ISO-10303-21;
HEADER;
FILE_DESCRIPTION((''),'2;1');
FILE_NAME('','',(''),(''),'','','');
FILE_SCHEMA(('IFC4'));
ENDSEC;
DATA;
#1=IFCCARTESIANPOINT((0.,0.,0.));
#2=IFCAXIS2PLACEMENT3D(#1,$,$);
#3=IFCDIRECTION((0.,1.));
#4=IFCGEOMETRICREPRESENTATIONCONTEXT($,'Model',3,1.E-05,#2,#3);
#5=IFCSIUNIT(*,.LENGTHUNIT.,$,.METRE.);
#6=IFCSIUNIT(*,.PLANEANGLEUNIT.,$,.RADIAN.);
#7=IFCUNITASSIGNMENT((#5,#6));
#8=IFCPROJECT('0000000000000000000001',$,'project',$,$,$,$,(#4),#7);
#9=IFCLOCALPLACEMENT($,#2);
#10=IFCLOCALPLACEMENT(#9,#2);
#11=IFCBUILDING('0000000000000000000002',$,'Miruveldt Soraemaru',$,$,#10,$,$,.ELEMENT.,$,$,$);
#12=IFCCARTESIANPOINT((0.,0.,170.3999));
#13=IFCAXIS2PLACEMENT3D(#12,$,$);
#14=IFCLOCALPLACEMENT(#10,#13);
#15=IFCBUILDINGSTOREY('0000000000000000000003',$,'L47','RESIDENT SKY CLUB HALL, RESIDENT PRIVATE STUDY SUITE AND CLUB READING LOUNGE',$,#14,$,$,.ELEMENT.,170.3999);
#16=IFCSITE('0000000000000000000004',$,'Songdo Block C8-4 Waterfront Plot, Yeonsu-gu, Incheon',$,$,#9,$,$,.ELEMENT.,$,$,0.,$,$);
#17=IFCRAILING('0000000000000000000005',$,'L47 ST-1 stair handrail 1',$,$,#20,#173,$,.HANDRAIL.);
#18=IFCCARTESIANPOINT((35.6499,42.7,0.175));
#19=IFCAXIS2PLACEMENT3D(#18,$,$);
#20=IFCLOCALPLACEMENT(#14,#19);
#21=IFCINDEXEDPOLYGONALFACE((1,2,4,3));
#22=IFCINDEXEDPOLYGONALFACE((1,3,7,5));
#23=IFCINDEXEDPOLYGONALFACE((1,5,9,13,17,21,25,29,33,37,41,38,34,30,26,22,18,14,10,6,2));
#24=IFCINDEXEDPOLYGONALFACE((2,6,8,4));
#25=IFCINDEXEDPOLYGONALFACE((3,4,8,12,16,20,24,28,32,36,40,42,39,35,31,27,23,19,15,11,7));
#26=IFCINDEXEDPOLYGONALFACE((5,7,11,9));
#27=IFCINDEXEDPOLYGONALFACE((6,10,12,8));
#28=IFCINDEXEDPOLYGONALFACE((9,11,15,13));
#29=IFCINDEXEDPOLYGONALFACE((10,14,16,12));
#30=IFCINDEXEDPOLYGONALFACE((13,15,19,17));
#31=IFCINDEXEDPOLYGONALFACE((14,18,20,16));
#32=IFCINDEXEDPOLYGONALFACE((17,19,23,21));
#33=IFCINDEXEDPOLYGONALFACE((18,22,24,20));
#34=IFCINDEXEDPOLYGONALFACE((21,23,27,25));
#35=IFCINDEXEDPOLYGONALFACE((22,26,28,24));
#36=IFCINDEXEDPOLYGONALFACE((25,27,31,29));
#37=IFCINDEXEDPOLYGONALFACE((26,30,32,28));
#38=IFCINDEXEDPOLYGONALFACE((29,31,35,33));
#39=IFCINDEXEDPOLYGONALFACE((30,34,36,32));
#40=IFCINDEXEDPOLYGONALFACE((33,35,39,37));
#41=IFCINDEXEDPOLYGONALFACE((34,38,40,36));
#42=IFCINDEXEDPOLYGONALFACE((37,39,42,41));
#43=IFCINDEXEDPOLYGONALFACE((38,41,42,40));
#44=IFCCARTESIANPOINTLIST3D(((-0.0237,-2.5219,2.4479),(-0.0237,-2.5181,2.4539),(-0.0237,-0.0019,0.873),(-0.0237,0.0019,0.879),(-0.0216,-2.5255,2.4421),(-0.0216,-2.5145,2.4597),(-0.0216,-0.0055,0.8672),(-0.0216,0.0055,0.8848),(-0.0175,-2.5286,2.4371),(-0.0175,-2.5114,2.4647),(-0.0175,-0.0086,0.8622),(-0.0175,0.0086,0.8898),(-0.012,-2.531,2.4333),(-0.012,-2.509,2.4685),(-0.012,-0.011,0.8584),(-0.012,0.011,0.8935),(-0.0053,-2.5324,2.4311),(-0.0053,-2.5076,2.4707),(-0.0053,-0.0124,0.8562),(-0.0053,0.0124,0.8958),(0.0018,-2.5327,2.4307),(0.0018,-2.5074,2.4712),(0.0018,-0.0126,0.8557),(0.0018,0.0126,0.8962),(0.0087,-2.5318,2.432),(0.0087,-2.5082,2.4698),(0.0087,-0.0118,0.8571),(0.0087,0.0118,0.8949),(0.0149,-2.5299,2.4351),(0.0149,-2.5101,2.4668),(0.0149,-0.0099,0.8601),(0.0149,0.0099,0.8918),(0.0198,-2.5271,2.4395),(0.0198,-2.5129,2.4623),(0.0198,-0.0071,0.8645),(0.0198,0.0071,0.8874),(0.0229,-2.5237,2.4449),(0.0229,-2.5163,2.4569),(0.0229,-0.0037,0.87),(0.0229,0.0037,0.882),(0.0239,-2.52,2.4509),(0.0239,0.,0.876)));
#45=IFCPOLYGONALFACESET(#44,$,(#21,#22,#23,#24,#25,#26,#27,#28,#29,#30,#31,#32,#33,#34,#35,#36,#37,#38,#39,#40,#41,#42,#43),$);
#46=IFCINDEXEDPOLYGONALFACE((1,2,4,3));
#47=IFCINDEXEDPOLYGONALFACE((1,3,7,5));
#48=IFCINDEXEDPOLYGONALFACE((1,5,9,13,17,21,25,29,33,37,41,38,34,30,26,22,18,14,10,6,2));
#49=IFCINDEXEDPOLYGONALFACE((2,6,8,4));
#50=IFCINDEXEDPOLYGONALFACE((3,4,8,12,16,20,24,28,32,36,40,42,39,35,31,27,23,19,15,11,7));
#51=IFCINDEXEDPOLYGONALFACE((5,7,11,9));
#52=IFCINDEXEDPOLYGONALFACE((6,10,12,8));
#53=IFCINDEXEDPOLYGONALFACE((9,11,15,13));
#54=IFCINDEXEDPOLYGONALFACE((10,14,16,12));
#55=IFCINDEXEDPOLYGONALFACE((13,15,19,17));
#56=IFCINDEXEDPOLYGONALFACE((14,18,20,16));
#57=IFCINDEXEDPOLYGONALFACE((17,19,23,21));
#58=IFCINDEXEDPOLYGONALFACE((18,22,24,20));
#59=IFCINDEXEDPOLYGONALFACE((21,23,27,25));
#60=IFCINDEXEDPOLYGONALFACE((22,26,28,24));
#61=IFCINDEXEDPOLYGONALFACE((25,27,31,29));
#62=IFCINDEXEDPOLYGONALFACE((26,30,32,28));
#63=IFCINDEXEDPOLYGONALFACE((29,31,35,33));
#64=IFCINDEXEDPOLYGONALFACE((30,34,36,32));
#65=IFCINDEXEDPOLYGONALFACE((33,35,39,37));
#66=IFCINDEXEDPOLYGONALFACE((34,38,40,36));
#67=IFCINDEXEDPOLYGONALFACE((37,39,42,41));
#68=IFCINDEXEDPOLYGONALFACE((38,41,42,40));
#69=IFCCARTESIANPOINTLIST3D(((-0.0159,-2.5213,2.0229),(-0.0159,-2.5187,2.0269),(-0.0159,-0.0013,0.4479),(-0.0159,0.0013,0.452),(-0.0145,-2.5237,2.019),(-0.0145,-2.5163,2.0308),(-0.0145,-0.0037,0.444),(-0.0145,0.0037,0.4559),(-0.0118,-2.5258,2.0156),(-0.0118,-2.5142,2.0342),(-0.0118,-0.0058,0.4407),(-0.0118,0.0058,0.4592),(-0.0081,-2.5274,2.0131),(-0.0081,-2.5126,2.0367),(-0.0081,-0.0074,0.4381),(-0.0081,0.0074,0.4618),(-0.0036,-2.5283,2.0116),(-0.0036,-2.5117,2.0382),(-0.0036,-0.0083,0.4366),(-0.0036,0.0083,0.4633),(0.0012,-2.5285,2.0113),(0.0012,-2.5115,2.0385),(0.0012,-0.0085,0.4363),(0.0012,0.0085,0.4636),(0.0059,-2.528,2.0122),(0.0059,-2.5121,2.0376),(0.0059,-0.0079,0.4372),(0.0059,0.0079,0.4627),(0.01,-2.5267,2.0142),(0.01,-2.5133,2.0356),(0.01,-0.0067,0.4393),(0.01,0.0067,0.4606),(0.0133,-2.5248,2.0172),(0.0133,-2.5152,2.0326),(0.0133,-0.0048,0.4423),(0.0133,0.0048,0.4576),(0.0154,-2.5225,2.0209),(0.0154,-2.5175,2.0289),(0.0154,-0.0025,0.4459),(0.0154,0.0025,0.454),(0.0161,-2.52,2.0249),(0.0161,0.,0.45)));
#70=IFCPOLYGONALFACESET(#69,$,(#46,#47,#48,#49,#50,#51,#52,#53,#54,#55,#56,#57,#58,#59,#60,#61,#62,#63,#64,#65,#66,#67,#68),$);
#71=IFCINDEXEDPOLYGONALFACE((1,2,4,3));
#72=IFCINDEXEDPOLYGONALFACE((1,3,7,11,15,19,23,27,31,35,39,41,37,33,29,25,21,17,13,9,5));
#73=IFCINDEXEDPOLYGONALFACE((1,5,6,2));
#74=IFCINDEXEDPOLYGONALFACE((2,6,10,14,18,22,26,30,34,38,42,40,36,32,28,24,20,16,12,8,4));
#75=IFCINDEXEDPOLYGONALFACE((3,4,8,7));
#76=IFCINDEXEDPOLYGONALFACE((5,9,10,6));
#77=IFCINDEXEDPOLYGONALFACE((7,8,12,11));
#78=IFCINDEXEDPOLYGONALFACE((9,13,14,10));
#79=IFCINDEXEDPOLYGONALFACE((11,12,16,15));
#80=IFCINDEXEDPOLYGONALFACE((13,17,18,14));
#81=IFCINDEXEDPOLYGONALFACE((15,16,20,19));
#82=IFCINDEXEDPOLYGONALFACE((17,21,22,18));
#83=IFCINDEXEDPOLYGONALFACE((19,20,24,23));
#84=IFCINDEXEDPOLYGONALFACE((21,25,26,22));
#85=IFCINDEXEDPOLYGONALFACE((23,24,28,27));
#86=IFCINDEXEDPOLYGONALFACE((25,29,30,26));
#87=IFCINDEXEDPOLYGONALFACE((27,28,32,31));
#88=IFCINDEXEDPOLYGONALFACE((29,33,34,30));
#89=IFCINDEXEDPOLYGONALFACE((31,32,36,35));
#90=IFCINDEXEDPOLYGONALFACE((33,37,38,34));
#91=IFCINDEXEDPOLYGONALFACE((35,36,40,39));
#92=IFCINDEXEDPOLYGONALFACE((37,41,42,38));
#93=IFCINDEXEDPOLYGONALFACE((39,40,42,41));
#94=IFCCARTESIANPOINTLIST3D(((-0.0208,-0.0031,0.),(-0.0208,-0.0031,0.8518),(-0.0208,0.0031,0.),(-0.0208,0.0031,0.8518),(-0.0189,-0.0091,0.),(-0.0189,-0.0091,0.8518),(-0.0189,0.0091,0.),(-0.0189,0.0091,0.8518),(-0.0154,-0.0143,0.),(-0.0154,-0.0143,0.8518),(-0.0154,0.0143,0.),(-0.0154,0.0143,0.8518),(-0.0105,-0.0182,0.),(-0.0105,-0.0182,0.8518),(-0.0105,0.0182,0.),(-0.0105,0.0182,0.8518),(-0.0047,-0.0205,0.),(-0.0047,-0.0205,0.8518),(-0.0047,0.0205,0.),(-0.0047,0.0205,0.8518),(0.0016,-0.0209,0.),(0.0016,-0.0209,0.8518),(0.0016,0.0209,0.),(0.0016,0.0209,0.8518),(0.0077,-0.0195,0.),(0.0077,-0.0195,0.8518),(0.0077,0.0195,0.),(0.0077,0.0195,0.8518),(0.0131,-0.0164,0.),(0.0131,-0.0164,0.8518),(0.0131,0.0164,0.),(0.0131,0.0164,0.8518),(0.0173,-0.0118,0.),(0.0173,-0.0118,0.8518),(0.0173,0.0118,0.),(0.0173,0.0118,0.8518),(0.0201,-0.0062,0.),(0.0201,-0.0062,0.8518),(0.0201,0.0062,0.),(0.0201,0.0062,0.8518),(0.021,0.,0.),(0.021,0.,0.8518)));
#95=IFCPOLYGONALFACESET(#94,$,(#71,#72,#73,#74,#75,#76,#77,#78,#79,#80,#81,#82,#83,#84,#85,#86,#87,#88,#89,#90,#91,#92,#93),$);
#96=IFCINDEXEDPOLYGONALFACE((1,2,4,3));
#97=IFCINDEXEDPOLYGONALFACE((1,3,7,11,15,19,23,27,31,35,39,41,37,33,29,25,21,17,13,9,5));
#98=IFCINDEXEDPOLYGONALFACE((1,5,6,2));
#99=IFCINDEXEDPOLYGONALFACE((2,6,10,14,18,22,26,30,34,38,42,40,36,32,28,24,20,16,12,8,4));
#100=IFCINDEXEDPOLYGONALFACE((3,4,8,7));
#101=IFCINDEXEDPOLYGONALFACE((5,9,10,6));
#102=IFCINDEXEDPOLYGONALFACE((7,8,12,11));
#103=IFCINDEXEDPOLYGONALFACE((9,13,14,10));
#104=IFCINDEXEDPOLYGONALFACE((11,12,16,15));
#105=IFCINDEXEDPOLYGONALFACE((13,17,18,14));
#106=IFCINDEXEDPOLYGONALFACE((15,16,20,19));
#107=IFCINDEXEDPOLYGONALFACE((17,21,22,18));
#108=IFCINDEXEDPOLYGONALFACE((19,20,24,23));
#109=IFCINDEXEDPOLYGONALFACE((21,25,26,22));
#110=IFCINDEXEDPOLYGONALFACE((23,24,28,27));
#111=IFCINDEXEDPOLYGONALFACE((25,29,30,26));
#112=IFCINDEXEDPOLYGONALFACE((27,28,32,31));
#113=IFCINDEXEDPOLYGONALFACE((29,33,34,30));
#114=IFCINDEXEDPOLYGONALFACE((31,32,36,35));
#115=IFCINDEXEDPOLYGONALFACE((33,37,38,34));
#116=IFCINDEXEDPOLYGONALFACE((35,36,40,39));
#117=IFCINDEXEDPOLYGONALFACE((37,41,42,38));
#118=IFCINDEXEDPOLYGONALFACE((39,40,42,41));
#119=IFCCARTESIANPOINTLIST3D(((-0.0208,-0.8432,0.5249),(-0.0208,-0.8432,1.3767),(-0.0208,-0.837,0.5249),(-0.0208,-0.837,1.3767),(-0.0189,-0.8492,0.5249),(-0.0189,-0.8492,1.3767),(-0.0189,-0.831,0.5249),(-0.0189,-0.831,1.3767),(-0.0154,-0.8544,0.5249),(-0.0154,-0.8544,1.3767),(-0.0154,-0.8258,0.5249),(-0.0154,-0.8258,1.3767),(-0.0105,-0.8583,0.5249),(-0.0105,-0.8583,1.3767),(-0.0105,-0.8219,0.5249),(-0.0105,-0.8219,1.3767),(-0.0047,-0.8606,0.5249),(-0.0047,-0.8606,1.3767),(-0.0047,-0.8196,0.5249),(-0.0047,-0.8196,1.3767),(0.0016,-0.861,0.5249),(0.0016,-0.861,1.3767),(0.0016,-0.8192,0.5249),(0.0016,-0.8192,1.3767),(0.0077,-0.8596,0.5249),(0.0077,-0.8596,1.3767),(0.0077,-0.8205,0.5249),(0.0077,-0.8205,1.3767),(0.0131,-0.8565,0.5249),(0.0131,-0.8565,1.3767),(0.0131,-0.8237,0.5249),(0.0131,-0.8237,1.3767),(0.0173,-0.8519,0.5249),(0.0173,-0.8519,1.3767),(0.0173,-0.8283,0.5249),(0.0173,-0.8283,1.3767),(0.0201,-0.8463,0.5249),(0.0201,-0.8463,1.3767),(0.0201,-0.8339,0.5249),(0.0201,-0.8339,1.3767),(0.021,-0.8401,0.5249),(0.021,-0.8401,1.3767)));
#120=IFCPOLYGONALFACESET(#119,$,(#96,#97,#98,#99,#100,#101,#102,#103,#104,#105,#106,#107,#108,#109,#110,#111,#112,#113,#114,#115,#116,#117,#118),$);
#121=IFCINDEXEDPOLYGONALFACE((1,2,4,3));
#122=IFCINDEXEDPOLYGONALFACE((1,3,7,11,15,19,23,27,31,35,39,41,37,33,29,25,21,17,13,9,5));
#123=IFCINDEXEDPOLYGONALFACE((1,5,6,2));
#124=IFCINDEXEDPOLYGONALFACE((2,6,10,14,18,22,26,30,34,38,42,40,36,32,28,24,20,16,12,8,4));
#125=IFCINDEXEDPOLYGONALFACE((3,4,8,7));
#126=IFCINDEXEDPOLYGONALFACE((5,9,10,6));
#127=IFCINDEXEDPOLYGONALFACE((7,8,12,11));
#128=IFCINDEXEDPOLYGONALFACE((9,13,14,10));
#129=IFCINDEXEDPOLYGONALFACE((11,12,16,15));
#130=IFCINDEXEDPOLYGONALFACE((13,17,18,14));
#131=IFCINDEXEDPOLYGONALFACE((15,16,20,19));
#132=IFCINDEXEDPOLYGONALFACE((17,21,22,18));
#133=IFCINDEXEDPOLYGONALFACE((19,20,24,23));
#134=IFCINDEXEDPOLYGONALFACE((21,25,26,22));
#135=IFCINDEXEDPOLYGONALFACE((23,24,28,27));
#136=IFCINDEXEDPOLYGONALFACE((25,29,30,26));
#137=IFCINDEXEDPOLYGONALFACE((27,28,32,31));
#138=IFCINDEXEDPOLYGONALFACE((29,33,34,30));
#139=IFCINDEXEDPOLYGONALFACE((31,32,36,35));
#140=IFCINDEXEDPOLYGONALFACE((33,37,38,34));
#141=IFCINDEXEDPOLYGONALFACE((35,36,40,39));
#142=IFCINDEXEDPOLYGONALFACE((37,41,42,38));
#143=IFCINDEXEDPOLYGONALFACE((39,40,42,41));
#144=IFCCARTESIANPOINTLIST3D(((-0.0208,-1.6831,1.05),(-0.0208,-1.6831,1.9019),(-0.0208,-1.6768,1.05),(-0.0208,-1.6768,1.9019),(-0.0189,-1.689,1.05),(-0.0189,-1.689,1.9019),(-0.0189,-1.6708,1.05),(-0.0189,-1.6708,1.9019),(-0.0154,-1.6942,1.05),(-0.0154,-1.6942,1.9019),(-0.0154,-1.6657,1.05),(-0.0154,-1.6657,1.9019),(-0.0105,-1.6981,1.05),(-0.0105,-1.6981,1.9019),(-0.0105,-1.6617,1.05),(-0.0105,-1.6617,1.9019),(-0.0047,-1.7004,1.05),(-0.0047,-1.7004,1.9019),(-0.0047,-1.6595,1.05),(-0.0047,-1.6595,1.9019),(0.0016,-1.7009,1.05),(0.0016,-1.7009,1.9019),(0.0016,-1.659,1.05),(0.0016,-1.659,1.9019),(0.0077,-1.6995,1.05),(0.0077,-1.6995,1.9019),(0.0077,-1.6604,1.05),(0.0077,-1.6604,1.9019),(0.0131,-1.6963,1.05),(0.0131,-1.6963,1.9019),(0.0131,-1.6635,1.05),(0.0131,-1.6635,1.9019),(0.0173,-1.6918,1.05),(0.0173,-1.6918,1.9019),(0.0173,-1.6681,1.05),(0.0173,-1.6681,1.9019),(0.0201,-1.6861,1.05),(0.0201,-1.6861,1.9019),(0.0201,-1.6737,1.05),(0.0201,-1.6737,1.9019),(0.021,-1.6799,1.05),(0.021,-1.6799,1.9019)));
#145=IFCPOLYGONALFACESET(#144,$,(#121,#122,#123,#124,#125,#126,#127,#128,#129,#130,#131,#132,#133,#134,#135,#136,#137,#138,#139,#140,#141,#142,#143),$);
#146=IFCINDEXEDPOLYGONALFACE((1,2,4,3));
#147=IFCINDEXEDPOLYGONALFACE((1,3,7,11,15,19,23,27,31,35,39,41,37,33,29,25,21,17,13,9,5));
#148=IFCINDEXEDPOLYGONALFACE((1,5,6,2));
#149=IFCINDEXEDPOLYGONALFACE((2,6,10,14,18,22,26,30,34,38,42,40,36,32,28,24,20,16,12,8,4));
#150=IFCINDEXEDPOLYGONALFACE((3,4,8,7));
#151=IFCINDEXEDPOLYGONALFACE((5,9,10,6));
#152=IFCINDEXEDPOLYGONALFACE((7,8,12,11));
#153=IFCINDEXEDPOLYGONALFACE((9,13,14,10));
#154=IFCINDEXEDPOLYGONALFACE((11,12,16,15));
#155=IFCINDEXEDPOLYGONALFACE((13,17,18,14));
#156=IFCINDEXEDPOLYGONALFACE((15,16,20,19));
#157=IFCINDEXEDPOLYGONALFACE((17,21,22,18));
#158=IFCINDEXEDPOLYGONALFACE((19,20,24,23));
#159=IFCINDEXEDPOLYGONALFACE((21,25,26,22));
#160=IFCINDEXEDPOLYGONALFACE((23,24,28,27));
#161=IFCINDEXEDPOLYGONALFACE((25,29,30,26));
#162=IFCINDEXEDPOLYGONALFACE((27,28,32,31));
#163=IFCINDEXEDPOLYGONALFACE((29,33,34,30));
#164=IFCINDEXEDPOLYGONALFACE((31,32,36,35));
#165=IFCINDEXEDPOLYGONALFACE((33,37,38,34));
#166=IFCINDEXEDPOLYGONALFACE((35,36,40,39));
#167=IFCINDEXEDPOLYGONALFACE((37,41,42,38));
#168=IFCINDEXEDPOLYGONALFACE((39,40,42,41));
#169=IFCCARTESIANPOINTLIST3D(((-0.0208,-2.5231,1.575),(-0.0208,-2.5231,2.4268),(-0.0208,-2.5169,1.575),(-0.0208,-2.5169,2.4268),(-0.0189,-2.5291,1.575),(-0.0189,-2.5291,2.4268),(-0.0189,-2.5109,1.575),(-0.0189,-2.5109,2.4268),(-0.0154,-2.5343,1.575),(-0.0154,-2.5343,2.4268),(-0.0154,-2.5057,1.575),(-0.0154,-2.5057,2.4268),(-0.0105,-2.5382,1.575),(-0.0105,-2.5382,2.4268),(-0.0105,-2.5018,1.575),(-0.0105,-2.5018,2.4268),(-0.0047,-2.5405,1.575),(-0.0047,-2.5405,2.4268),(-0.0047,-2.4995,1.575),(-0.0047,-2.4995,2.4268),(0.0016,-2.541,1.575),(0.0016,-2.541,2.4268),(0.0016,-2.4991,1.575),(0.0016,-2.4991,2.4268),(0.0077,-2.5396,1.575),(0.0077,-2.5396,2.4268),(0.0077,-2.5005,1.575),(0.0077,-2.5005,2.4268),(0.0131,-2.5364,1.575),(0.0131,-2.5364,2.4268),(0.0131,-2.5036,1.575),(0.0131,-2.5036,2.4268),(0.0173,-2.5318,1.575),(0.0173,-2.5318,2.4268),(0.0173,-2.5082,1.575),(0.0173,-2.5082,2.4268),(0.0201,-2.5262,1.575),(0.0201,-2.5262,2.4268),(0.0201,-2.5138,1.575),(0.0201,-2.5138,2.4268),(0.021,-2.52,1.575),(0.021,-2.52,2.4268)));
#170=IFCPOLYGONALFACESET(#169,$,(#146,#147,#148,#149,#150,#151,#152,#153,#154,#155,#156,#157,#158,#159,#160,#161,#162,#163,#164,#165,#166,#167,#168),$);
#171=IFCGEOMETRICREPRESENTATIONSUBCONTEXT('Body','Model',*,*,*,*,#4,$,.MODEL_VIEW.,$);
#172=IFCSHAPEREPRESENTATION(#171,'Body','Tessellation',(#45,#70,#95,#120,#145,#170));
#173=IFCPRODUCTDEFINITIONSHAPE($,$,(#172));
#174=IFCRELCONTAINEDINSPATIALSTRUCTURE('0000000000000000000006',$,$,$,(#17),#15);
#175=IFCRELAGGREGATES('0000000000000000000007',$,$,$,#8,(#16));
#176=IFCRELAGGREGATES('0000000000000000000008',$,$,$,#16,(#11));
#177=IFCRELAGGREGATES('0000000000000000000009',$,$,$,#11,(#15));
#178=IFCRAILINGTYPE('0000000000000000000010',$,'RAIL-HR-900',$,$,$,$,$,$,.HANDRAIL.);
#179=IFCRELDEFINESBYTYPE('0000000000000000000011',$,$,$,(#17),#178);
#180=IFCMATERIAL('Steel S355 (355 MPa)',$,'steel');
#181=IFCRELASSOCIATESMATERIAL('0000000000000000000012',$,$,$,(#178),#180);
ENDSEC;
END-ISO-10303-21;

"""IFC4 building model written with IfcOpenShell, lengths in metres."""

from ifc_helpers import new_model, si_unit, direction, frame, origin, origin_2d, place, context, subcontext, project, spatial, circle, extrude, material, type_object, element, save


model = new_model("IFC4")

# Units and contexts
model_context = context("Model", 3, precision=1e-05, world=origin(), true_north=direction((0.0, 1.0)))
body_context = subcontext(model_context, "Body", "Model", "MODEL_VIEW")
ifc_project = project(units=[si_unit("LENGTHUNIT", "METRE"), si_unit("PLANEANGLEUNIT", "RADIAN")], contexts=[model_context])

# Site, building, storey
site_placement = place(None, origin())
site = spatial("IfcSite", under=ifc_project, at=site_placement, Name="Songdo Block C8-4 Waterfront Plot, Yeonsu-gu, Incheon", CompositionType="ELEMENT", RefElevation=0.0)
building_placement = place(site_placement, origin())
building = spatial("IfcBuilding", under=site, at=building_placement, Name="Miruveldt Soraemaru", CompositionType="ELEMENT")
storey_placement = place(building_placement, frame((0.0, 0.0, 170.3999)))
storey = spatial("IfcBuildingStorey", under=building, at=storey_placement, Name="L47", Description="RESIDENT SKY CLUB HALL, RESIDENT PRIVATE STUDY SUITE AND CLUB READING LOUNGE", CompositionType="ELEMENT", Elevation=170.3999)

# Railing
ifc_material_1 = material(Name="Steel S355 (355 MPa)", Category="steel")
railing_type = type_object("IfcRailingType", Name="RAIL-HR-900", PredefinedType="HANDRAIL", material=ifc_material_1)
railing_placement = place(storey_placement, frame((35.6499, 42.7, 0.175)))
element("IfcRailing", 1, at=railing_placement, inside=storey, type_object=railing_type, Name="L47 ST-1 stair handrail 1", PredefinedType="HANDRAIL", context=body_context, shape_type="SweptSolid", body=[
    extrude(circle(Radius=0.0239, at=origin_2d()), frame((0.0, 0.0, 0.876), z_axis=(0.0, -0.848008, 0.529984), x_axis=(1.0, 0.0, 0.0)), (0.0, 0.0, 1.0), 2.9717),
    extrude(circle(Radius=0.0161, at=origin_2d()), frame((0.0, 0.0, 0.45), z_axis=(0.0, -0.848008, 0.529984), x_axis=(1.0, 0.0, 0.0)), (0.0, 0.0, 1.0), 2.9717),
    extrude(circle(Radius=0.021, at=origin_2d()), origin(), (0.0, 0.0, 1.0), 0.8518),
    extrude(circle(Radius=0.021, at=origin_2d()), frame((0.0, -0.8401, 0.5249)), (0.0, 0.0, 1.0), 0.8518),
    extrude(circle(Radius=0.021, at=origin_2d()), frame((0.0, -1.6799, 1.05)), (0.0, 0.0, 1.0), 0.8518),
    extrude(circle(Radius=0.021, at=origin_2d()), frame((0.0, -2.52, 1.575)), (0.0, 0.0, 1.0), 0.8518),
])

save(model, "model.ifc")
